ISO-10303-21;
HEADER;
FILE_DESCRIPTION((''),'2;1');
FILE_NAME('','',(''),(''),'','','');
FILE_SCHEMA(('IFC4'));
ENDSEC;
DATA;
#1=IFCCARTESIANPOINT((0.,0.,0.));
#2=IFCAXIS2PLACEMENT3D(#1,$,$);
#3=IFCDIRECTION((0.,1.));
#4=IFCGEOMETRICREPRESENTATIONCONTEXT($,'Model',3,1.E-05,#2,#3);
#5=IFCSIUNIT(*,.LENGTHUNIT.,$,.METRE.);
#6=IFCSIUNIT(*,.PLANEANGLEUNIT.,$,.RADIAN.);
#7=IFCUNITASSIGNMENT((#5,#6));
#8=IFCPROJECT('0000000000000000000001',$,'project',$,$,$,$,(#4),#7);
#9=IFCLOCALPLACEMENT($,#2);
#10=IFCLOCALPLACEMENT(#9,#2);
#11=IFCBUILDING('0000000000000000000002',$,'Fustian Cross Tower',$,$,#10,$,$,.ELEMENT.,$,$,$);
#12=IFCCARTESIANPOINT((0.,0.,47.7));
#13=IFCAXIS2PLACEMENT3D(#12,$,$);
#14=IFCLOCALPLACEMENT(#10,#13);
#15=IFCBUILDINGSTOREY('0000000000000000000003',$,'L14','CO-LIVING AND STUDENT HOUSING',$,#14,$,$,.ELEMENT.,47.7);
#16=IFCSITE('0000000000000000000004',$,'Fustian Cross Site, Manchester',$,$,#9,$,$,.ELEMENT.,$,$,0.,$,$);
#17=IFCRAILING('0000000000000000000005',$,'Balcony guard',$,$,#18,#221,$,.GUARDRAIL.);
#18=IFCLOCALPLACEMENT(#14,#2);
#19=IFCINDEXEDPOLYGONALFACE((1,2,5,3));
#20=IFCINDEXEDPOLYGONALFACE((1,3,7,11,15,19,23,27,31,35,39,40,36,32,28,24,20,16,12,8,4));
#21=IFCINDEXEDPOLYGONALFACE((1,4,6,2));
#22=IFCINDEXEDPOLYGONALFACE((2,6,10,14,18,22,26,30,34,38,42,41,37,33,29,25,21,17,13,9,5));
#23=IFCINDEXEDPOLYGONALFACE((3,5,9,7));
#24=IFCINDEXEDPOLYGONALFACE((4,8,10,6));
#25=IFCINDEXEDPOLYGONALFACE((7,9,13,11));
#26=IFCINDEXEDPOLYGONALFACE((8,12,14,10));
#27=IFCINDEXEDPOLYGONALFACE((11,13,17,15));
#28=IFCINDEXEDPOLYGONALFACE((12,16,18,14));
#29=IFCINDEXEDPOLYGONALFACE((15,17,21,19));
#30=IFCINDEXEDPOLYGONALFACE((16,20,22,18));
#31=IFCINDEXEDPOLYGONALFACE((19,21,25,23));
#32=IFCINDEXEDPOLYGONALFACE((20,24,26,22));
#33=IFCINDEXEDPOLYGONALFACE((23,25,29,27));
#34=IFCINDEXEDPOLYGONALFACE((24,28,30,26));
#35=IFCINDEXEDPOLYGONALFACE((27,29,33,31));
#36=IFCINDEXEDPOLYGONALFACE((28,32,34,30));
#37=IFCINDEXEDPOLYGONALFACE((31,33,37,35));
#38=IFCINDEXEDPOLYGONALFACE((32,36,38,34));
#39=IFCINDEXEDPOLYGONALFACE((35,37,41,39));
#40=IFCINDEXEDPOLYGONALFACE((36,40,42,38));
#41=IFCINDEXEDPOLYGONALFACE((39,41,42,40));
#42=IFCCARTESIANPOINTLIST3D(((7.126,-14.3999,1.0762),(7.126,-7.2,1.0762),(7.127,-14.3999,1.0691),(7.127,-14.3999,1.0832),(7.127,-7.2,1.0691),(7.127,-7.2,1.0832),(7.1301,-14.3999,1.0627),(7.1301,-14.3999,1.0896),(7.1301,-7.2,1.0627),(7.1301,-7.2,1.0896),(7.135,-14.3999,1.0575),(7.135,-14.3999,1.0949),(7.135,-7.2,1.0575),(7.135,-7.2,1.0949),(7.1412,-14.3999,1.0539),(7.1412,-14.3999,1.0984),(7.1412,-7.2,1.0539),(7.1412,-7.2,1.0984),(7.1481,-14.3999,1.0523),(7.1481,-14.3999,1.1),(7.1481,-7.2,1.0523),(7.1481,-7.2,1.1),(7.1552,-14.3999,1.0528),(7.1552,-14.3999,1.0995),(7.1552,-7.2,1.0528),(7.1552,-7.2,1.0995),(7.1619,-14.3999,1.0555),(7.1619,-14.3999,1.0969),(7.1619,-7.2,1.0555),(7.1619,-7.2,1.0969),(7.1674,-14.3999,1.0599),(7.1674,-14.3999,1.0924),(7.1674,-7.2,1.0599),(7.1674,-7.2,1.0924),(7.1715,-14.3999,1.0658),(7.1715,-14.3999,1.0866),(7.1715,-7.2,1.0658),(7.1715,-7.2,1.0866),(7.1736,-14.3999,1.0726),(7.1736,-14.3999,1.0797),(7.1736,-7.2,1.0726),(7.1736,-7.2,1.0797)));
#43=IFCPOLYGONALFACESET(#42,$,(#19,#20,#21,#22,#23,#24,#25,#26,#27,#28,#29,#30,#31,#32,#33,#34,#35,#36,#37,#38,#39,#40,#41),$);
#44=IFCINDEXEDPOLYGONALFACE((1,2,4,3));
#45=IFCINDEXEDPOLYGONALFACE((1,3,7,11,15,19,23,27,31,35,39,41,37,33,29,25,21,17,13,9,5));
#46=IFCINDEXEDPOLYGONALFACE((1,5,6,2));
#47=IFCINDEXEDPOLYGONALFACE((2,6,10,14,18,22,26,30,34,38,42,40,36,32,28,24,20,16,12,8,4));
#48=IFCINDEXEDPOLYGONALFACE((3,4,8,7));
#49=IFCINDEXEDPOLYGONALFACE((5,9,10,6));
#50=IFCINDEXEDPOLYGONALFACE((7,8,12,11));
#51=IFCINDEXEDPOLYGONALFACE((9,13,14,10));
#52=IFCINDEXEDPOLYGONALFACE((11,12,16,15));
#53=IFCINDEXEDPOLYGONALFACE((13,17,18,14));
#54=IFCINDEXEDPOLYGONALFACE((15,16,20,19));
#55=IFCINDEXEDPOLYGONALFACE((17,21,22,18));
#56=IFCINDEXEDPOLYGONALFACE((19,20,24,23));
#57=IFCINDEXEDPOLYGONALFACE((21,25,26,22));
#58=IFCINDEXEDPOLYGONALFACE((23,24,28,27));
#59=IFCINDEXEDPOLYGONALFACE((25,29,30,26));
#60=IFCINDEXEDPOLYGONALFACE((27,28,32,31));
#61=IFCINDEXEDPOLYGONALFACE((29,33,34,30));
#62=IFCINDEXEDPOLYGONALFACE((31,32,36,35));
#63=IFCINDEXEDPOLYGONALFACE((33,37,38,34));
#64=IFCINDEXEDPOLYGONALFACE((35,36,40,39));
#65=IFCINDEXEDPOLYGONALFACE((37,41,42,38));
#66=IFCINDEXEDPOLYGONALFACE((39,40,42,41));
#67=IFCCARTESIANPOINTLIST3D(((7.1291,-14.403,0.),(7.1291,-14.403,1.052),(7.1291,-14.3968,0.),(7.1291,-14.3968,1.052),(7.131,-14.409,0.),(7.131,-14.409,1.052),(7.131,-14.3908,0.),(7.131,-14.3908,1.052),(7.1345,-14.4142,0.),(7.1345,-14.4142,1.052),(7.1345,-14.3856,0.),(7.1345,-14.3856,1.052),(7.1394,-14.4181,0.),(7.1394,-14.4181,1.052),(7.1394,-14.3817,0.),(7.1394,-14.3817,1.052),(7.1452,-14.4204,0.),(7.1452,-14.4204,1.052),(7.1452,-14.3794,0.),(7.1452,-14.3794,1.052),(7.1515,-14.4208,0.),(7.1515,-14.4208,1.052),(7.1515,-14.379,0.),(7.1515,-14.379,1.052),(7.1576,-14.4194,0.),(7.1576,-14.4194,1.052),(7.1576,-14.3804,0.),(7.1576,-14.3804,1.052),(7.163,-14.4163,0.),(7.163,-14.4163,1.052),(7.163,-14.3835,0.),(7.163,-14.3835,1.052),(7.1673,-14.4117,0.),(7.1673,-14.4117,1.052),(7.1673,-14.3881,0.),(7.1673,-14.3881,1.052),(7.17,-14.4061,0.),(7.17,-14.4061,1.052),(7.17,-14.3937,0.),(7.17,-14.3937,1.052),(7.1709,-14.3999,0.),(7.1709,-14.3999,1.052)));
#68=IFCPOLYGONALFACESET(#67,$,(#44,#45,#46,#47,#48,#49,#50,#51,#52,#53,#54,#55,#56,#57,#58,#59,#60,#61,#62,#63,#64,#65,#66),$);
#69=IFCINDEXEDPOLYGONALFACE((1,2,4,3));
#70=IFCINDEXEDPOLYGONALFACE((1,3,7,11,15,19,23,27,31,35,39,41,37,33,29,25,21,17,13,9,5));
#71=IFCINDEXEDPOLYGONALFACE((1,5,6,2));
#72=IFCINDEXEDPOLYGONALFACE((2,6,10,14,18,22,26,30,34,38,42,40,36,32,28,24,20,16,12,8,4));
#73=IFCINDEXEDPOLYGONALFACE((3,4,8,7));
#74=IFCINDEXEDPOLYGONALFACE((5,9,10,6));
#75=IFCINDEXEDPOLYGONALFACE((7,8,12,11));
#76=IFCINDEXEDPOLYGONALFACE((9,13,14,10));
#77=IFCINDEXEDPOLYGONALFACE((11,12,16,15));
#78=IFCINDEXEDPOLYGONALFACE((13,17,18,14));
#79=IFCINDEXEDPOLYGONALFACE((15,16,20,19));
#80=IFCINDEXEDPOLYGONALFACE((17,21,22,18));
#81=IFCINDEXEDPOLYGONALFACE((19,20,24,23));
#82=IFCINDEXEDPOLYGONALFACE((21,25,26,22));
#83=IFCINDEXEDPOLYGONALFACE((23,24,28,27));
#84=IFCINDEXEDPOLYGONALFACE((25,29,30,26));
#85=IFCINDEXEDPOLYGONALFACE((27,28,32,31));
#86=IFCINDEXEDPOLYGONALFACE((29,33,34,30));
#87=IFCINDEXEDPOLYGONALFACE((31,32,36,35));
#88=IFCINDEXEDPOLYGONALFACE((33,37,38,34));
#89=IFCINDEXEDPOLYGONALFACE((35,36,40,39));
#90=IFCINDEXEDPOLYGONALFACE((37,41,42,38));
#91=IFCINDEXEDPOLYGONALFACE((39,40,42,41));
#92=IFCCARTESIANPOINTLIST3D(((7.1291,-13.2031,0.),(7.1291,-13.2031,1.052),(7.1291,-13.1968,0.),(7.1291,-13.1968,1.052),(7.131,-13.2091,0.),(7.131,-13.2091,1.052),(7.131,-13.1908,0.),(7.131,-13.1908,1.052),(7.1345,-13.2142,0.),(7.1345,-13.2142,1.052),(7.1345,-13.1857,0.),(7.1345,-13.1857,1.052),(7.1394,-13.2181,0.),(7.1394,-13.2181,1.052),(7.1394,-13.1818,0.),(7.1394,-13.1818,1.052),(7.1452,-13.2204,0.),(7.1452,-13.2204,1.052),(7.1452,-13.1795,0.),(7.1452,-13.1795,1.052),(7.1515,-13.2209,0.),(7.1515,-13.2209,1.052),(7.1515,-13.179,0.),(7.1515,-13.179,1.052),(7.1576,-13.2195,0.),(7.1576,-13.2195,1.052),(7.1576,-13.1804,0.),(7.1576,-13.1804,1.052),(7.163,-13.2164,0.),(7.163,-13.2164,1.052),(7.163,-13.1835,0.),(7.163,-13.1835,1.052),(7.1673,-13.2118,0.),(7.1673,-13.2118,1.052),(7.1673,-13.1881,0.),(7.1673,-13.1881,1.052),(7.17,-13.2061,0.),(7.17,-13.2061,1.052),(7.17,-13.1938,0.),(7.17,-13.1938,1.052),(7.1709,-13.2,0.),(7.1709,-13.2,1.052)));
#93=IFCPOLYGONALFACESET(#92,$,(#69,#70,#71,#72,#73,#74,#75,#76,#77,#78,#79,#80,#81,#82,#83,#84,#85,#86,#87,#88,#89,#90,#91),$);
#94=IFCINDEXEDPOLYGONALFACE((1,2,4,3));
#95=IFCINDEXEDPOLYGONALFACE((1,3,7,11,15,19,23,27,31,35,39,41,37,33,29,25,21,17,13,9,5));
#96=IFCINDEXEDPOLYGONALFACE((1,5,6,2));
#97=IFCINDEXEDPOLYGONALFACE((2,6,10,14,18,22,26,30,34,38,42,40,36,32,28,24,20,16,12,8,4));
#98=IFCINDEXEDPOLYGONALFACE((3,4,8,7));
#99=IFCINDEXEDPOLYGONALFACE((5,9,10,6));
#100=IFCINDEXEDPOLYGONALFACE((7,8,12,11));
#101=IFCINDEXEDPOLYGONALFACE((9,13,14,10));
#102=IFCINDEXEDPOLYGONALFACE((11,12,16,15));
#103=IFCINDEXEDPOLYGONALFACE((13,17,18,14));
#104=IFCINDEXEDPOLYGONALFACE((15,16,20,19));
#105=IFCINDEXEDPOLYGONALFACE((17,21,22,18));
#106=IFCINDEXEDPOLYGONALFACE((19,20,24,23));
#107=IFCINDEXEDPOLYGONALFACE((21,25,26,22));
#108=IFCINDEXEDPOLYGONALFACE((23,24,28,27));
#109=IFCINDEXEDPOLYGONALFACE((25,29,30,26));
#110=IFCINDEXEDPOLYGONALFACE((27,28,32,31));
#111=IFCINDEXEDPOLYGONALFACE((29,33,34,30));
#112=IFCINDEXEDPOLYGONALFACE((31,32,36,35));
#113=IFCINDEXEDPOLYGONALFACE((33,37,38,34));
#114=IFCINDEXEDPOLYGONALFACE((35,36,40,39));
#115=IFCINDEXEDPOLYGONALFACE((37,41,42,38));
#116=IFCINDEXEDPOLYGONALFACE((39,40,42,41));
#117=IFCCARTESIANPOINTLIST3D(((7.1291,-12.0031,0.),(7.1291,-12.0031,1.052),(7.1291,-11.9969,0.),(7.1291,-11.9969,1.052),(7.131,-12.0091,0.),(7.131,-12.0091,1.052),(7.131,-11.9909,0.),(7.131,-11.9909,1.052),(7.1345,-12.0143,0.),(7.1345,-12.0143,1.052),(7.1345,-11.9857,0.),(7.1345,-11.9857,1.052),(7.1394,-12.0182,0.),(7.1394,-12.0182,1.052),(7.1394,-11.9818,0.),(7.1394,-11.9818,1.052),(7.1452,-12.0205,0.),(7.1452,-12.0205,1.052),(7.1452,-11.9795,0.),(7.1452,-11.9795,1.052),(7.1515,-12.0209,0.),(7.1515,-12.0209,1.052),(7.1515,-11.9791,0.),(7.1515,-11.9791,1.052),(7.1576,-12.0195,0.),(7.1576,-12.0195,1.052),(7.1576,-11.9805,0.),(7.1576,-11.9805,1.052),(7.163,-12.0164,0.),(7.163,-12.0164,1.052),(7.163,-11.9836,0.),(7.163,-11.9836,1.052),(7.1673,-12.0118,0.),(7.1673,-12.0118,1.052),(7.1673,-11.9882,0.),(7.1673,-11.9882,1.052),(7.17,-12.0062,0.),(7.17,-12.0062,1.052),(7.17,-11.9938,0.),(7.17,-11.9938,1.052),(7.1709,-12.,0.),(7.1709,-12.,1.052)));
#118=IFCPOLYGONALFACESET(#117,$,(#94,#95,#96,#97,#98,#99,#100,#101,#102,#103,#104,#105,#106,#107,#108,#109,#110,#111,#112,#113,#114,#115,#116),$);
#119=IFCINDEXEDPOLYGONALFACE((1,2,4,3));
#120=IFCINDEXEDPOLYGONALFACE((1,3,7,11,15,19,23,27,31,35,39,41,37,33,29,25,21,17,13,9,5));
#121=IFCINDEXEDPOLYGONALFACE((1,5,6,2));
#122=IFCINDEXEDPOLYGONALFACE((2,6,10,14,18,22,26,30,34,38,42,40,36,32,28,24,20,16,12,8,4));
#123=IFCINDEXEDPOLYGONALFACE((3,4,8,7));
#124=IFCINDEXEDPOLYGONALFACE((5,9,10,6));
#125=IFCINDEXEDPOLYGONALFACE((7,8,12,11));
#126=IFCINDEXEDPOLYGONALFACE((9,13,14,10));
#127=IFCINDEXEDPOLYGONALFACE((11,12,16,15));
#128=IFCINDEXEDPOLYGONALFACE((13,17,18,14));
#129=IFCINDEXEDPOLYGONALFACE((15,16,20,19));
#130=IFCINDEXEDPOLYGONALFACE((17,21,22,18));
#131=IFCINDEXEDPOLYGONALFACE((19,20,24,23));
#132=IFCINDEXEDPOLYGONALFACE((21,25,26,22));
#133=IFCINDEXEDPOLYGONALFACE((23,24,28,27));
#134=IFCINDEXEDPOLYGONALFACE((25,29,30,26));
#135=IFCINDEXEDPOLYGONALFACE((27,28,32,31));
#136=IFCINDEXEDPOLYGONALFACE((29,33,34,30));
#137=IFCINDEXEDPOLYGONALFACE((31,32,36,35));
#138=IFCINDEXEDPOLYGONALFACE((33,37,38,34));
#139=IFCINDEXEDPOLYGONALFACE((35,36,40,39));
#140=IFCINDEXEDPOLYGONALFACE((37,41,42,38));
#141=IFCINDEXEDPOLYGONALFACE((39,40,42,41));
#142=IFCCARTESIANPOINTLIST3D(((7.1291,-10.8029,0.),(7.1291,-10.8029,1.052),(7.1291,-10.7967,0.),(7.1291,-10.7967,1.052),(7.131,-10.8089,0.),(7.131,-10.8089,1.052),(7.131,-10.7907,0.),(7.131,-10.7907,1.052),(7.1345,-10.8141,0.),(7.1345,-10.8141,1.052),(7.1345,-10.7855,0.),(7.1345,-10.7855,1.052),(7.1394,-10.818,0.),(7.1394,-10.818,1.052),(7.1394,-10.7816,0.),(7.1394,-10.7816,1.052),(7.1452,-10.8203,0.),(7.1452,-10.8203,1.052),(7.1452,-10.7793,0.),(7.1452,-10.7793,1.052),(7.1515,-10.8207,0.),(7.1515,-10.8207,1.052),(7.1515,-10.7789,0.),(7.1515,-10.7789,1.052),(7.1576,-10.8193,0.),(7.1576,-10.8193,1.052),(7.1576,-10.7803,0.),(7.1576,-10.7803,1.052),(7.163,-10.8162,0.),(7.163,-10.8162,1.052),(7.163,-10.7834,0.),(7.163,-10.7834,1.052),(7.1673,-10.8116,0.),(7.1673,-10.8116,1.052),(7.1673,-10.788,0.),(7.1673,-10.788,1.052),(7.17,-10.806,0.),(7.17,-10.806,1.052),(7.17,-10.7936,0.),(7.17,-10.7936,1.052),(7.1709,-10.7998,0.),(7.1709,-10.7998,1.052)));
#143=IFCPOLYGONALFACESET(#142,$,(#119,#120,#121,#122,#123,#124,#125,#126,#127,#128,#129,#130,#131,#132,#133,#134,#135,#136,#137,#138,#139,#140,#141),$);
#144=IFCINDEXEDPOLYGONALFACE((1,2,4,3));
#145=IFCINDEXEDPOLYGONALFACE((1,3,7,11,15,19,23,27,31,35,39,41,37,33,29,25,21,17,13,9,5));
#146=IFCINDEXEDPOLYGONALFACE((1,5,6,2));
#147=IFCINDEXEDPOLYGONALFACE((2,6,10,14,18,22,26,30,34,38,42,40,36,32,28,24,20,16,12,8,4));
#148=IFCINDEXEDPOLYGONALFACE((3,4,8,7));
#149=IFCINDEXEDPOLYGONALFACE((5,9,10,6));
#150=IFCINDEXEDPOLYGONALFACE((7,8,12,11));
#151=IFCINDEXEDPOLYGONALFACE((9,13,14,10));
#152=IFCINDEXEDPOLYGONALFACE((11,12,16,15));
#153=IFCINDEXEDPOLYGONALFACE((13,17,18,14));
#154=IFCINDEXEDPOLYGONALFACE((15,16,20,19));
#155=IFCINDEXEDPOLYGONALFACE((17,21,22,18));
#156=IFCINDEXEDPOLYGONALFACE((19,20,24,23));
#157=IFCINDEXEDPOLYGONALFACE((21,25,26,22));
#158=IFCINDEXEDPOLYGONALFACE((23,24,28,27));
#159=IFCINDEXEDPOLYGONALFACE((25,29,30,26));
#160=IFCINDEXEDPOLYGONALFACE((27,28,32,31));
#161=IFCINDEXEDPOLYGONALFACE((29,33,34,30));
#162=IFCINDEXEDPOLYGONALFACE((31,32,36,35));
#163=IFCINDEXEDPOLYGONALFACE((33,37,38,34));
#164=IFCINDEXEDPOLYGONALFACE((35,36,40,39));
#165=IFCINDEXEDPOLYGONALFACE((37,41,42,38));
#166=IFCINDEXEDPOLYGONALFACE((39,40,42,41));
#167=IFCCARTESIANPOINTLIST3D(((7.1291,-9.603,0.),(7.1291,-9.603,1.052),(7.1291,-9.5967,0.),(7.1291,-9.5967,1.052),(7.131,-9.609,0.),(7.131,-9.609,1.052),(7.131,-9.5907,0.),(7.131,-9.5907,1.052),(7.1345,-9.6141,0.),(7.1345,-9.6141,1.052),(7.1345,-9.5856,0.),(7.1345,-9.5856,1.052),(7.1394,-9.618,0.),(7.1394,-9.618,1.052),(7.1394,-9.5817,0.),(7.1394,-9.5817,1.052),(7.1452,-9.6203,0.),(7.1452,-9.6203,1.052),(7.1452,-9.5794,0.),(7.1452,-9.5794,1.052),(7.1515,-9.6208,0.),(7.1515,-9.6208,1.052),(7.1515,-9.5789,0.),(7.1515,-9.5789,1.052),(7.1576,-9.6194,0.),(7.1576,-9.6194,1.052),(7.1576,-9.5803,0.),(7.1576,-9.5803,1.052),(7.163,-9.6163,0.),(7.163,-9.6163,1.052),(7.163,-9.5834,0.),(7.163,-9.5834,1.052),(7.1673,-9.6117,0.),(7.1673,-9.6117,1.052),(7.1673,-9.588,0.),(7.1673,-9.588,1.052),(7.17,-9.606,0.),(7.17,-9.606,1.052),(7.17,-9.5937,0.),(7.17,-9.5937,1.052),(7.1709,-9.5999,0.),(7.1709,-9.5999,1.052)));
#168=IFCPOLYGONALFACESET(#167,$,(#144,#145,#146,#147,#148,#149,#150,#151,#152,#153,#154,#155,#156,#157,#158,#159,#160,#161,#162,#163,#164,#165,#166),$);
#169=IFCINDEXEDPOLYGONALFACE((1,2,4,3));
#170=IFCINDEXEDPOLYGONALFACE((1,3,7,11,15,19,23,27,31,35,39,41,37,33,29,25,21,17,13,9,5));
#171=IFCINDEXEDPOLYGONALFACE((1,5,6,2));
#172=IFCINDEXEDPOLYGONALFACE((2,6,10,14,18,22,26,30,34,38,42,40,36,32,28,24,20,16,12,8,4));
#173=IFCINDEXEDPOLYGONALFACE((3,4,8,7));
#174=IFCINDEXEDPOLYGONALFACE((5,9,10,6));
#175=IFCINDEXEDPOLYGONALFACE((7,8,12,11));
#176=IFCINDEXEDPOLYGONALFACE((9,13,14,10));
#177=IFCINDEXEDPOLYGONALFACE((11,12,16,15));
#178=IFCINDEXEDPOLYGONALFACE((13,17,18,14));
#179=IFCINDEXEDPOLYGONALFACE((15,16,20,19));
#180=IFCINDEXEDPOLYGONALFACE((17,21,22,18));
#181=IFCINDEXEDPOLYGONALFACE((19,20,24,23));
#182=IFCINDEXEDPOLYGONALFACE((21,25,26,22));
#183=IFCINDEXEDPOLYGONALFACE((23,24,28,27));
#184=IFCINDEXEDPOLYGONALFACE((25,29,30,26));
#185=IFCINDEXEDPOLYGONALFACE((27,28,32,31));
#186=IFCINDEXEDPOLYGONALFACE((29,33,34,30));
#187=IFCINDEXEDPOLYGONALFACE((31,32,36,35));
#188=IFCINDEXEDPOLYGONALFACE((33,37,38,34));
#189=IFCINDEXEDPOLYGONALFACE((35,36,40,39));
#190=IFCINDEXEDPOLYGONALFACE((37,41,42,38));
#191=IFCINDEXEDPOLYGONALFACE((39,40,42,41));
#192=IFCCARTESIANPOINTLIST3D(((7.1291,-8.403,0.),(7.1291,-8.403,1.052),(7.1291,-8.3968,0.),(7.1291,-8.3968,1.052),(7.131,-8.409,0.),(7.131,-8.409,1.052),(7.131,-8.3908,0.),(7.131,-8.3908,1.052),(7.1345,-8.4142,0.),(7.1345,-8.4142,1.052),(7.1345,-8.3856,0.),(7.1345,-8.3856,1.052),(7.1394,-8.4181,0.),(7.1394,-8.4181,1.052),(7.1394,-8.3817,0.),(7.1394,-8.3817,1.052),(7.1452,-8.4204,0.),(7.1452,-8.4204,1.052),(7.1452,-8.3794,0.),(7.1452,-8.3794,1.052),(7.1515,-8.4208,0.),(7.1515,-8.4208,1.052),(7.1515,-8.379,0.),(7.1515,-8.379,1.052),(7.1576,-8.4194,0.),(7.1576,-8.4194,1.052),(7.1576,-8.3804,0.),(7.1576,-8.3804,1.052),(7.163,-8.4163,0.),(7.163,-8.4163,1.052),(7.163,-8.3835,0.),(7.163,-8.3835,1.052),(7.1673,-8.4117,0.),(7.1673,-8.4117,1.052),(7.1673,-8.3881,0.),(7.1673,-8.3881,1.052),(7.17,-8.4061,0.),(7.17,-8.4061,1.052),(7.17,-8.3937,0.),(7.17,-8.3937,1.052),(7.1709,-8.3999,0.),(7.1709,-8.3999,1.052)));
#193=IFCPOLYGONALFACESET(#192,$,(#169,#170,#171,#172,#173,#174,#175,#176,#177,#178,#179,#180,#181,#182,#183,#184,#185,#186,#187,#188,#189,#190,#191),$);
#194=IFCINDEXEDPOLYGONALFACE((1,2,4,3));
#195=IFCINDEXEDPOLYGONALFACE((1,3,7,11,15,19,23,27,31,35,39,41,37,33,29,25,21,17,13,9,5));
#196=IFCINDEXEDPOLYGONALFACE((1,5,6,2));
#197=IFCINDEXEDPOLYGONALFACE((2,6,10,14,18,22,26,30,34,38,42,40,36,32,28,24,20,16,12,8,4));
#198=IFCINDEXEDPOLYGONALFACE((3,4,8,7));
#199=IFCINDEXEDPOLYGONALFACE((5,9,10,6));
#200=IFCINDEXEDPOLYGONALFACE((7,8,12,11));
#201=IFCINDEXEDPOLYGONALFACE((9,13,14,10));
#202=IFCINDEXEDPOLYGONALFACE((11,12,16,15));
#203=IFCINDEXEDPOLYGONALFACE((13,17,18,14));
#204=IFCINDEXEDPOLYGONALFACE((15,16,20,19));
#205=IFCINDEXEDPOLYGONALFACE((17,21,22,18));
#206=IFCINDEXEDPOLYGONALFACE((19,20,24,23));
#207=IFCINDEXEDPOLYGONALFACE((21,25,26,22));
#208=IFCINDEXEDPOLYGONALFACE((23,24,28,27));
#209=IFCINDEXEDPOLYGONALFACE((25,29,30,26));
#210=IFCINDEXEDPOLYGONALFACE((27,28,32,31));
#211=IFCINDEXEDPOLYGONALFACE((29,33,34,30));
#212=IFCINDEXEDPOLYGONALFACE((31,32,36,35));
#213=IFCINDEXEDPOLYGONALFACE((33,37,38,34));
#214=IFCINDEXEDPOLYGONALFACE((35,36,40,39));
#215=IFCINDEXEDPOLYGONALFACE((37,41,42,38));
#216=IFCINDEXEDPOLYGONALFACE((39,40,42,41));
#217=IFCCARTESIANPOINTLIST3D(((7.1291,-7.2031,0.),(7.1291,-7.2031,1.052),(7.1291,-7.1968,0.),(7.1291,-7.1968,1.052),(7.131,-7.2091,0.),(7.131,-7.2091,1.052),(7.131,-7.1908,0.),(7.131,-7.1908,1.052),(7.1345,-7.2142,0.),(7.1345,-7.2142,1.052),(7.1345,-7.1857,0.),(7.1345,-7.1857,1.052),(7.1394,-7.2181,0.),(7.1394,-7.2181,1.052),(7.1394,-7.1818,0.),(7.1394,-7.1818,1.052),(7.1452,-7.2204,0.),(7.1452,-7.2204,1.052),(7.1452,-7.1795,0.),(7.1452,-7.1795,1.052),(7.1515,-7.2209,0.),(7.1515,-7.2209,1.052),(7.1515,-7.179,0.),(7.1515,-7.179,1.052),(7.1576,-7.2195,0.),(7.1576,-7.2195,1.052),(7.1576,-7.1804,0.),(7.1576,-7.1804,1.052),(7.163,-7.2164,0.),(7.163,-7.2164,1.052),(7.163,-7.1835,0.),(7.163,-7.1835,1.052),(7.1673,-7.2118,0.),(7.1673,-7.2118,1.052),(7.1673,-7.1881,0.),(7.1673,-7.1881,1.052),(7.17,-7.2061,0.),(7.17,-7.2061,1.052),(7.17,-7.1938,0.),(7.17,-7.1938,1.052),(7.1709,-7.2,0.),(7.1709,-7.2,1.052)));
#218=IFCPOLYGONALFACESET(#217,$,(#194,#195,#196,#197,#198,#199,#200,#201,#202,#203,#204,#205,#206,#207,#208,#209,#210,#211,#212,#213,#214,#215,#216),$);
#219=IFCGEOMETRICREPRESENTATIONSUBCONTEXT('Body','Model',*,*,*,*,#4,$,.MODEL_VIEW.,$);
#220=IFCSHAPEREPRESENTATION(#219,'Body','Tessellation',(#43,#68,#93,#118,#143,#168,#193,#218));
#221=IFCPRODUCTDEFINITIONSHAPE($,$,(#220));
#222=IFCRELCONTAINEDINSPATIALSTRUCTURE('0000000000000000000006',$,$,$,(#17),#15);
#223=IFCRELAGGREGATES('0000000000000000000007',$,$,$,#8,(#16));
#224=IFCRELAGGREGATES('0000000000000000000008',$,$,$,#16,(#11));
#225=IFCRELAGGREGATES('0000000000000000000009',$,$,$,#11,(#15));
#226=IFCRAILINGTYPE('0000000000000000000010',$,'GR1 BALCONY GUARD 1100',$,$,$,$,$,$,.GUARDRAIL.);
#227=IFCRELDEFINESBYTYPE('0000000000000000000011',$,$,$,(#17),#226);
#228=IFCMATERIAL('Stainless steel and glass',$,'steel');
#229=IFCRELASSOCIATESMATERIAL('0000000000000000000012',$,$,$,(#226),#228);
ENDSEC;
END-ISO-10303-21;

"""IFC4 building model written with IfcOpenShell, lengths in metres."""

from ifc_helpers import new_model, si_unit, direction, frame, origin, origin_2d, place, context, subcontext, project, spatial, circle, extrude, material, type_object, element, save


model = new_model("IFC4")

# Units and contexts
model_context = context("Model", 3, precision=1e-05, world=origin(), true_north=direction((0.0, 1.0)))
body_context = subcontext(model_context, "Body", "Model", "MODEL_VIEW")
ifc_project = project(units=[si_unit("LENGTHUNIT", "METRE"), si_unit("PLANEANGLEUNIT", "RADIAN")], contexts=[model_context])

# Site, building, storey
site_placement = place(None, origin())
site = spatial("IfcSite", under=ifc_project, at=site_placement, Name="Fustian Cross Site, Manchester", CompositionType="ELEMENT", RefElevation=0.0)
building_placement = place(site_placement, origin())
building = spatial("IfcBuilding", under=site, at=building_placement, Name="Fustian Cross Tower", CompositionType="ELEMENT")
storey_placement = place(building_placement, frame((0.0, 0.0, 47.7)))
storey = spatial("IfcBuildingStorey", under=building, at=storey_placement, Name="L14", Description="CO-LIVING AND STUDENT HOUSING", CompositionType="ELEMENT", Elevation=47.7)

# Railing
ifc_material_1 = material(Name="Stainless steel and glass", Category="steel")
railing_type = type_object("IfcRailingType", Name="GR1 BALCONY GUARD 1100", PredefinedType="GUARDRAIL", material=ifc_material_1)
railing_placement = place(storey_placement, frame((7.1499, -14.3999, 0.0)))
element("IfcRailing", 1, at=railing_placement, inside=storey, type_object=railing_type, Name="Balcony guard", PredefinedType="GUARDRAIL", context=body_context, shape_type="SweptSolid", body=[
    extrude(circle(Radius=0.0239, at=origin_2d()), frame((0.0, 0.0, 1.0762), z_axis=(0.0, 1.0, 0.0), x_axis=(-1.0, 0.0, 0.0)), (0.0, 0.0, 1.0), 7.2),
    extrude(circle(Radius=0.021, at=origin_2d()), origin(), (0.0, 0.0, 1.0), 1.052),
    extrude(circle(Radius=0.021, at=origin_2d()), frame((0.0, 1.2, 0.0)), (0.0, 0.0, 1.0), 1.052),
    extrude(circle(Radius=0.021, at=origin_2d()), frame((0.0, 2.3999, 0.0)), (0.0, 0.0, 1.0), 1.052),
    extrude(circle(Radius=0.021, at=origin_2d()), frame((0.0, 3.6001, 0.0)), (0.0, 0.0, 1.0), 1.052),
    extrude(circle(Radius=0.021, at=origin_2d()), frame((0.0, 4.8, 0.0)), (0.0, 0.0, 1.0), 1.052),
    extrude(circle(Radius=0.021, at=origin_2d()), frame((0.0, 6.0, 0.0)), (0.0, 0.0, 1.0), 1.052),
    extrude(circle(Radius=0.021, at=origin_2d()), frame((0.0, 7.2, 0.0)), (0.0, 0.0, 1.0), 1.052),
])

save(model, "model.ifc")
